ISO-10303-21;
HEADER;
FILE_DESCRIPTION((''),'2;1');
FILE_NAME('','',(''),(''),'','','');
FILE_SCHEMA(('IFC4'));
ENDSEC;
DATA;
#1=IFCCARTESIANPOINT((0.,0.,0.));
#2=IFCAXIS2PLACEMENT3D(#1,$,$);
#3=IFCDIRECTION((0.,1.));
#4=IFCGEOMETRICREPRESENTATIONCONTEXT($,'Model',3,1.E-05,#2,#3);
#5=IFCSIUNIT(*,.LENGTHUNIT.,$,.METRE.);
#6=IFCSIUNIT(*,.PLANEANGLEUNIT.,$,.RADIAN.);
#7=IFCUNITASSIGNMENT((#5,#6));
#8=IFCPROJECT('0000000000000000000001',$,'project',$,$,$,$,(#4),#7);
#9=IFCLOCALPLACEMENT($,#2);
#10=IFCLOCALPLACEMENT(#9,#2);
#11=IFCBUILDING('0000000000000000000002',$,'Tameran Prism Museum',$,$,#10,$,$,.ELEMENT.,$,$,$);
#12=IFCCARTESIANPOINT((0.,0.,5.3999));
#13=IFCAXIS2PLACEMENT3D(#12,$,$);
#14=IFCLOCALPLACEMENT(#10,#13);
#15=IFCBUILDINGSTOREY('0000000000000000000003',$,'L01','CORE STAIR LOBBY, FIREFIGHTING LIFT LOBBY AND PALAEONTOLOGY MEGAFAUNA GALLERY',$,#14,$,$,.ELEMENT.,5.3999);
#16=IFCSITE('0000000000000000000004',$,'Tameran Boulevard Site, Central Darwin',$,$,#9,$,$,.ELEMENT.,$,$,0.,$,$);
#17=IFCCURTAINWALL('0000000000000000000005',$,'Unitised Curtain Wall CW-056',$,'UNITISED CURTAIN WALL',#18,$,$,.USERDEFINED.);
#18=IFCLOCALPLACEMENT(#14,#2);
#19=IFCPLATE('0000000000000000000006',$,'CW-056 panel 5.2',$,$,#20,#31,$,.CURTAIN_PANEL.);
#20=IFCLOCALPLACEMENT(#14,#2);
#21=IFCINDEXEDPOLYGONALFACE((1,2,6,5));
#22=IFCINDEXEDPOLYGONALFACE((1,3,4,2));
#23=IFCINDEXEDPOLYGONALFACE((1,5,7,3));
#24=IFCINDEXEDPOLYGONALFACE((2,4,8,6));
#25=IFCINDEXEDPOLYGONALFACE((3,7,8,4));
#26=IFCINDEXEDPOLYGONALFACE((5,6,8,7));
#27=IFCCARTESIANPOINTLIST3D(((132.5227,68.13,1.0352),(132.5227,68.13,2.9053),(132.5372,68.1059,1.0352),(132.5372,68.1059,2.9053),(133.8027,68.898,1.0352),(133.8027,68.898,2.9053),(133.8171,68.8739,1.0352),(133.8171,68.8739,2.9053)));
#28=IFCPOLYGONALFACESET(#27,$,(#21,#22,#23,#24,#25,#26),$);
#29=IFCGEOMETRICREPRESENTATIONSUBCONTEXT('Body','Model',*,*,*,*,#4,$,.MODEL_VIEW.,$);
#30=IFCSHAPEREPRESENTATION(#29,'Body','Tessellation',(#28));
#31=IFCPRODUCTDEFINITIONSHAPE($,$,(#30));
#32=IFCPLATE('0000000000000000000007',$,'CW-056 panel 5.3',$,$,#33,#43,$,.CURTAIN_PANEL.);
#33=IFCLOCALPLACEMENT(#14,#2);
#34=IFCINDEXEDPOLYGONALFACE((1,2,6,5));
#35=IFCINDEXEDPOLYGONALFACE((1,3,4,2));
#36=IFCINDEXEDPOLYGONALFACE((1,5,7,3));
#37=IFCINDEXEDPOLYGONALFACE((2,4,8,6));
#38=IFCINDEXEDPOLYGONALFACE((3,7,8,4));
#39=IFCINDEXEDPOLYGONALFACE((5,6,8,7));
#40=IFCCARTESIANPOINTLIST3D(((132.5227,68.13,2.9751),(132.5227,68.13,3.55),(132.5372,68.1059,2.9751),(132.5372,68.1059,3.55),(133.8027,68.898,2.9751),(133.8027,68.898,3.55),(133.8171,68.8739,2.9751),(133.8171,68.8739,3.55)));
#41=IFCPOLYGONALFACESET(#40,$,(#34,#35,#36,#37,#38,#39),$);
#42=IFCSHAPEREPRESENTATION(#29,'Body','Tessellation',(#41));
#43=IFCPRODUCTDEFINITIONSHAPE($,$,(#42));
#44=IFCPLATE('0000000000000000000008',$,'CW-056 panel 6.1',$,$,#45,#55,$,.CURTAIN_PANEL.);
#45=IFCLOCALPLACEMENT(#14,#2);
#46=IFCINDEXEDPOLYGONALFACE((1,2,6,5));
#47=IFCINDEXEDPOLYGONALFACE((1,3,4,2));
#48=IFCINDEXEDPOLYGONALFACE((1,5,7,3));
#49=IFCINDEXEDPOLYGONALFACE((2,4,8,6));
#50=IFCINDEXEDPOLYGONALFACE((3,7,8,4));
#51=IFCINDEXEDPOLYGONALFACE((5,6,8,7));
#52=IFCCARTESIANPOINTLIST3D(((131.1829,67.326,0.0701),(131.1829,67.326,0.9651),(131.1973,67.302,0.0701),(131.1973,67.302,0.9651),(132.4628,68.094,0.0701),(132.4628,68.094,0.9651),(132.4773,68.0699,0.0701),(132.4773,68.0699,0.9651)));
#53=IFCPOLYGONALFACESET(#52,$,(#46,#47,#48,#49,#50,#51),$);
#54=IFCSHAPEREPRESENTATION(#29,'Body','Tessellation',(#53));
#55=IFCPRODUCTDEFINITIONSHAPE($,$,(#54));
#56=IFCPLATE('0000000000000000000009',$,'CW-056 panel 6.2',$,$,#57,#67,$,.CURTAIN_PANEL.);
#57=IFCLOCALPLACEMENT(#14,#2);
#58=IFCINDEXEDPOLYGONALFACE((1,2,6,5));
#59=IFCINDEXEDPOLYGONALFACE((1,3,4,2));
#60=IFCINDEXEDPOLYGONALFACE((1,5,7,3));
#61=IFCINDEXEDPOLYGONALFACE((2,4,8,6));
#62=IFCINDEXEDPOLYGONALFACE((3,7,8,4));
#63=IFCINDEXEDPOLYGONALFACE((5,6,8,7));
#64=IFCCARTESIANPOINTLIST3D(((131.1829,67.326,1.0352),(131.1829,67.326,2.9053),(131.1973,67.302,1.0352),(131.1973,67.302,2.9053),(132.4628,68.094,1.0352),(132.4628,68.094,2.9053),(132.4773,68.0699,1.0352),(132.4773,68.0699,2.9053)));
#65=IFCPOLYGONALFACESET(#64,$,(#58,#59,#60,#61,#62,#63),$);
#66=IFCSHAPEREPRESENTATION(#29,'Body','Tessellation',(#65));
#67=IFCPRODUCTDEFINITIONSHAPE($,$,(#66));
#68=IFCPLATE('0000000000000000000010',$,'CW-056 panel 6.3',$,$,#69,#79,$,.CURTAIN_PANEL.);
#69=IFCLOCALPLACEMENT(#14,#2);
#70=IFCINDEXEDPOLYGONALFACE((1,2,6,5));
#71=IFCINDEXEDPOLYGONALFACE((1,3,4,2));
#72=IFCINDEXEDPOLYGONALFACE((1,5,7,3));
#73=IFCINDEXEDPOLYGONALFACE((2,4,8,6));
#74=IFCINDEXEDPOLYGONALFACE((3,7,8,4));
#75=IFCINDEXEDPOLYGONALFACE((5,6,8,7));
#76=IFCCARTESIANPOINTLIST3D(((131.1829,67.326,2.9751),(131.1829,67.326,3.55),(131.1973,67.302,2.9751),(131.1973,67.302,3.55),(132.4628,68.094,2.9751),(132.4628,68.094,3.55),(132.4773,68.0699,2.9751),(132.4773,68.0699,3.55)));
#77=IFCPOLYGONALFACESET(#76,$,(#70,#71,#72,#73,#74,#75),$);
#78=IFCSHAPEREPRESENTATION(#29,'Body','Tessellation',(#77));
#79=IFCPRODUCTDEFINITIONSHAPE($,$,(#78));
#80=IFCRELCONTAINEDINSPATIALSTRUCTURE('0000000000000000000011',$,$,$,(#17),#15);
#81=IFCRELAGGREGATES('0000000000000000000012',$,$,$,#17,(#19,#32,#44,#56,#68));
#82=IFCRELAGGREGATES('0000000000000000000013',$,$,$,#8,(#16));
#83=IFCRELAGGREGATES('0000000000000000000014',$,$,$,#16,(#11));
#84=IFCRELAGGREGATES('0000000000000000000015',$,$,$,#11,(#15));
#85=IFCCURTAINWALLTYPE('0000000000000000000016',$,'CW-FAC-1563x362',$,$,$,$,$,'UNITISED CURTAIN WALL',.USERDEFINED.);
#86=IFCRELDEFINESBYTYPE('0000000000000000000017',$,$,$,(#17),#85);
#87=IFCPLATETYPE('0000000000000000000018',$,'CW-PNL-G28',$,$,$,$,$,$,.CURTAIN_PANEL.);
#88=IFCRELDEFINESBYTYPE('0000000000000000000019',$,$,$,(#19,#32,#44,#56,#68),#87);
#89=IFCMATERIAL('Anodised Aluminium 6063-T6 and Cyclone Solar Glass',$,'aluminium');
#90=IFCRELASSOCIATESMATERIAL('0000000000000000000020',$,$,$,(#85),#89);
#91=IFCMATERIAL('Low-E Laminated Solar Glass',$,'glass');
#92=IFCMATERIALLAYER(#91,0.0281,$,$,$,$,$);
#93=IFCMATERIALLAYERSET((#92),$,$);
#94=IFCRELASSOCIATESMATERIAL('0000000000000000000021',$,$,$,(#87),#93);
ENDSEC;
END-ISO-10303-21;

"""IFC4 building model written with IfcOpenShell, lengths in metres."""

from ifc_helpers import new_model, si_unit, direction, frame, origin, origin_2d, place, context, subcontext, project, spatial, rectangle, extrude, material, layer, layer_set, type_object, element, aggregate, save


model = new_model("IFC4")

# Units and contexts
model_context = context("Model", 3, precision=1e-05, world=origin(), true_north=direction((0.0, 1.0)))
body_context = subcontext(model_context, "Body", "Model", "MODEL_VIEW")
ifc_project = project(units=[si_unit("LENGTHUNIT", "METRE"), si_unit("PLANEANGLEUNIT", "RADIAN")], contexts=[model_context])

# Site, building, storey
site_placement = place(None, origin())
site = spatial("IfcSite", under=ifc_project, at=site_placement, Name="Tameran Boulevard Site, Central Darwin", CompositionType="ELEMENT", RefElevation=0.0)
building_placement = place(site_placement, origin())
building = spatial("IfcBuilding", under=site, at=building_placement, Name="Tameran Prism Museum", CompositionType="ELEMENT")
storey_placement = place(building_placement, frame((0.0, 0.0, 5.3999)))
storey = spatial("IfcBuildingStorey", under=building, at=storey_placement, Name="L01", Description="CORE STAIR LOBBY, FIREFIGHTING LIFT LOBBY AND PALAEONTOLOGY MEGAFAUNA GALLERY", CompositionType="ELEMENT", Elevation=5.3999)

# Curtain wall, plates
ifc_material_1 = material(Name="Anodised Aluminium 6063-T6 and Cyclone Solar Glass", Category="aluminium")
curtain_wall_type = type_object("IfcCurtainWallType", Name="CW-FAC-1563x362", ElementType="UNITISED CURTAIN WALL", PredefinedType="USERDEFINED", material=ifc_material_1)
curtain_wall_placement = place(storey_placement, origin())
curtain_wall = element("IfcCurtainWall", 1, at=curtain_wall_placement, inside=storey, type_object=curtain_wall_type, Name="Unitised Curtain Wall CW-056", ObjectType="UNITISED CURTAIN WALL", PredefinedType="USERDEFINED")
ifc_material_2 = material(Name="Low-E Laminated Solar Glass", Category="glass")
ifc_layer = layer(ifc_material_2, 0.0281)
ifc_layer_set = layer_set([ifc_layer])
plate_type = type_object("IfcPlateType", Name="CW-PNL-G28", PredefinedType="CURTAIN_PANEL", material=ifc_layer_set)
plate_1_placement = place(storey_placement, frame((133.1699, 68.502, 1.0352), z_axis=(0.0, 0.0, 1.0), x_axis=(-0.857493, -0.514496, 0.0)))
plate_1 = element("IfcPlate", 2, at=plate_1_placement, type_object=plate_type, Name="CW-056 panel 5.2", PredefinedType="CURTAIN_PANEL", context=body_context, shape_type="SweptSolid", body=[
    extrude(rectangle(XDim=1.4927, YDim=0.0281, at=origin_2d()), origin(), (0.0, 0.0, 1.0), 1.8701),
])
plate_2_placement = place(storey_placement, frame((133.1699, 68.502, 2.9751), z_axis=(0.0, 0.0, 1.0), x_axis=(-0.857493, -0.514496, 0.0)))
plate_2 = element("IfcPlate", 3, at=plate_2_placement, type_object=plate_type, Name="CW-056 panel 5.3", PredefinedType="CURTAIN_PANEL", context=body_context, shape_type="SweptSolid", body=[
    extrude(rectangle(XDim=1.4927, YDim=0.0281, at=origin_2d()), origin(), (0.0, 0.0, 1.0), 0.575),
])
plate_3_placement = place(storey_placement, frame((131.8301, 67.698, 0.0701), z_axis=(0.0, 0.0, 1.0), x_axis=(-0.857493, -0.514496, 0.0)))
plate_3 = element("IfcPlate", 4, at=plate_3_placement, type_object=plate_type, Name="CW-056 panel 6.1", PredefinedType="CURTAIN_PANEL", context=body_context, shape_type="SweptSolid", body=[
    extrude(rectangle(XDim=1.4927, YDim=0.0281, at=origin_2d()), origin(), (0.0, 0.0, 1.0), 0.895),
])
plate_4_placement = place(storey_placement, frame((131.8301, 67.698, 1.0352), z_axis=(0.0, 0.0, 1.0), x_axis=(-0.857493, -0.514496, 0.0)))
plate_4 = element("IfcPlate", 5, at=plate_4_placement, type_object=plate_type, Name="CW-056 panel 6.2", PredefinedType="CURTAIN_PANEL", context=body_context, shape_type="SweptSolid", body=[
    extrude(rectangle(XDim=1.4927, YDim=0.0281, at=origin_2d()), origin(), (0.0, 0.0, 1.0), 1.8701),
])
plate_5_placement = place(storey_placement, frame((131.8301, 67.698, 2.9751), z_axis=(0.0, 0.0, 1.0), x_axis=(-0.857493, -0.514496, 0.0)))
plate_5 = element("IfcPlate", 6, at=plate_5_placement, type_object=plate_type, Name="CW-056 panel 6.3", PredefinedType="CURTAIN_PANEL", context=body_context, shape_type="SweptSolid", body=[
    extrude(rectangle(XDim=1.4927, YDim=0.0281, at=origin_2d()), origin(), (0.0, 0.0, 1.0), 0.575),
])
aggregate(curtain_wall, [plate_1, plate_2, plate_3, plate_4, plate_5])

save(model, "model.ifc")
